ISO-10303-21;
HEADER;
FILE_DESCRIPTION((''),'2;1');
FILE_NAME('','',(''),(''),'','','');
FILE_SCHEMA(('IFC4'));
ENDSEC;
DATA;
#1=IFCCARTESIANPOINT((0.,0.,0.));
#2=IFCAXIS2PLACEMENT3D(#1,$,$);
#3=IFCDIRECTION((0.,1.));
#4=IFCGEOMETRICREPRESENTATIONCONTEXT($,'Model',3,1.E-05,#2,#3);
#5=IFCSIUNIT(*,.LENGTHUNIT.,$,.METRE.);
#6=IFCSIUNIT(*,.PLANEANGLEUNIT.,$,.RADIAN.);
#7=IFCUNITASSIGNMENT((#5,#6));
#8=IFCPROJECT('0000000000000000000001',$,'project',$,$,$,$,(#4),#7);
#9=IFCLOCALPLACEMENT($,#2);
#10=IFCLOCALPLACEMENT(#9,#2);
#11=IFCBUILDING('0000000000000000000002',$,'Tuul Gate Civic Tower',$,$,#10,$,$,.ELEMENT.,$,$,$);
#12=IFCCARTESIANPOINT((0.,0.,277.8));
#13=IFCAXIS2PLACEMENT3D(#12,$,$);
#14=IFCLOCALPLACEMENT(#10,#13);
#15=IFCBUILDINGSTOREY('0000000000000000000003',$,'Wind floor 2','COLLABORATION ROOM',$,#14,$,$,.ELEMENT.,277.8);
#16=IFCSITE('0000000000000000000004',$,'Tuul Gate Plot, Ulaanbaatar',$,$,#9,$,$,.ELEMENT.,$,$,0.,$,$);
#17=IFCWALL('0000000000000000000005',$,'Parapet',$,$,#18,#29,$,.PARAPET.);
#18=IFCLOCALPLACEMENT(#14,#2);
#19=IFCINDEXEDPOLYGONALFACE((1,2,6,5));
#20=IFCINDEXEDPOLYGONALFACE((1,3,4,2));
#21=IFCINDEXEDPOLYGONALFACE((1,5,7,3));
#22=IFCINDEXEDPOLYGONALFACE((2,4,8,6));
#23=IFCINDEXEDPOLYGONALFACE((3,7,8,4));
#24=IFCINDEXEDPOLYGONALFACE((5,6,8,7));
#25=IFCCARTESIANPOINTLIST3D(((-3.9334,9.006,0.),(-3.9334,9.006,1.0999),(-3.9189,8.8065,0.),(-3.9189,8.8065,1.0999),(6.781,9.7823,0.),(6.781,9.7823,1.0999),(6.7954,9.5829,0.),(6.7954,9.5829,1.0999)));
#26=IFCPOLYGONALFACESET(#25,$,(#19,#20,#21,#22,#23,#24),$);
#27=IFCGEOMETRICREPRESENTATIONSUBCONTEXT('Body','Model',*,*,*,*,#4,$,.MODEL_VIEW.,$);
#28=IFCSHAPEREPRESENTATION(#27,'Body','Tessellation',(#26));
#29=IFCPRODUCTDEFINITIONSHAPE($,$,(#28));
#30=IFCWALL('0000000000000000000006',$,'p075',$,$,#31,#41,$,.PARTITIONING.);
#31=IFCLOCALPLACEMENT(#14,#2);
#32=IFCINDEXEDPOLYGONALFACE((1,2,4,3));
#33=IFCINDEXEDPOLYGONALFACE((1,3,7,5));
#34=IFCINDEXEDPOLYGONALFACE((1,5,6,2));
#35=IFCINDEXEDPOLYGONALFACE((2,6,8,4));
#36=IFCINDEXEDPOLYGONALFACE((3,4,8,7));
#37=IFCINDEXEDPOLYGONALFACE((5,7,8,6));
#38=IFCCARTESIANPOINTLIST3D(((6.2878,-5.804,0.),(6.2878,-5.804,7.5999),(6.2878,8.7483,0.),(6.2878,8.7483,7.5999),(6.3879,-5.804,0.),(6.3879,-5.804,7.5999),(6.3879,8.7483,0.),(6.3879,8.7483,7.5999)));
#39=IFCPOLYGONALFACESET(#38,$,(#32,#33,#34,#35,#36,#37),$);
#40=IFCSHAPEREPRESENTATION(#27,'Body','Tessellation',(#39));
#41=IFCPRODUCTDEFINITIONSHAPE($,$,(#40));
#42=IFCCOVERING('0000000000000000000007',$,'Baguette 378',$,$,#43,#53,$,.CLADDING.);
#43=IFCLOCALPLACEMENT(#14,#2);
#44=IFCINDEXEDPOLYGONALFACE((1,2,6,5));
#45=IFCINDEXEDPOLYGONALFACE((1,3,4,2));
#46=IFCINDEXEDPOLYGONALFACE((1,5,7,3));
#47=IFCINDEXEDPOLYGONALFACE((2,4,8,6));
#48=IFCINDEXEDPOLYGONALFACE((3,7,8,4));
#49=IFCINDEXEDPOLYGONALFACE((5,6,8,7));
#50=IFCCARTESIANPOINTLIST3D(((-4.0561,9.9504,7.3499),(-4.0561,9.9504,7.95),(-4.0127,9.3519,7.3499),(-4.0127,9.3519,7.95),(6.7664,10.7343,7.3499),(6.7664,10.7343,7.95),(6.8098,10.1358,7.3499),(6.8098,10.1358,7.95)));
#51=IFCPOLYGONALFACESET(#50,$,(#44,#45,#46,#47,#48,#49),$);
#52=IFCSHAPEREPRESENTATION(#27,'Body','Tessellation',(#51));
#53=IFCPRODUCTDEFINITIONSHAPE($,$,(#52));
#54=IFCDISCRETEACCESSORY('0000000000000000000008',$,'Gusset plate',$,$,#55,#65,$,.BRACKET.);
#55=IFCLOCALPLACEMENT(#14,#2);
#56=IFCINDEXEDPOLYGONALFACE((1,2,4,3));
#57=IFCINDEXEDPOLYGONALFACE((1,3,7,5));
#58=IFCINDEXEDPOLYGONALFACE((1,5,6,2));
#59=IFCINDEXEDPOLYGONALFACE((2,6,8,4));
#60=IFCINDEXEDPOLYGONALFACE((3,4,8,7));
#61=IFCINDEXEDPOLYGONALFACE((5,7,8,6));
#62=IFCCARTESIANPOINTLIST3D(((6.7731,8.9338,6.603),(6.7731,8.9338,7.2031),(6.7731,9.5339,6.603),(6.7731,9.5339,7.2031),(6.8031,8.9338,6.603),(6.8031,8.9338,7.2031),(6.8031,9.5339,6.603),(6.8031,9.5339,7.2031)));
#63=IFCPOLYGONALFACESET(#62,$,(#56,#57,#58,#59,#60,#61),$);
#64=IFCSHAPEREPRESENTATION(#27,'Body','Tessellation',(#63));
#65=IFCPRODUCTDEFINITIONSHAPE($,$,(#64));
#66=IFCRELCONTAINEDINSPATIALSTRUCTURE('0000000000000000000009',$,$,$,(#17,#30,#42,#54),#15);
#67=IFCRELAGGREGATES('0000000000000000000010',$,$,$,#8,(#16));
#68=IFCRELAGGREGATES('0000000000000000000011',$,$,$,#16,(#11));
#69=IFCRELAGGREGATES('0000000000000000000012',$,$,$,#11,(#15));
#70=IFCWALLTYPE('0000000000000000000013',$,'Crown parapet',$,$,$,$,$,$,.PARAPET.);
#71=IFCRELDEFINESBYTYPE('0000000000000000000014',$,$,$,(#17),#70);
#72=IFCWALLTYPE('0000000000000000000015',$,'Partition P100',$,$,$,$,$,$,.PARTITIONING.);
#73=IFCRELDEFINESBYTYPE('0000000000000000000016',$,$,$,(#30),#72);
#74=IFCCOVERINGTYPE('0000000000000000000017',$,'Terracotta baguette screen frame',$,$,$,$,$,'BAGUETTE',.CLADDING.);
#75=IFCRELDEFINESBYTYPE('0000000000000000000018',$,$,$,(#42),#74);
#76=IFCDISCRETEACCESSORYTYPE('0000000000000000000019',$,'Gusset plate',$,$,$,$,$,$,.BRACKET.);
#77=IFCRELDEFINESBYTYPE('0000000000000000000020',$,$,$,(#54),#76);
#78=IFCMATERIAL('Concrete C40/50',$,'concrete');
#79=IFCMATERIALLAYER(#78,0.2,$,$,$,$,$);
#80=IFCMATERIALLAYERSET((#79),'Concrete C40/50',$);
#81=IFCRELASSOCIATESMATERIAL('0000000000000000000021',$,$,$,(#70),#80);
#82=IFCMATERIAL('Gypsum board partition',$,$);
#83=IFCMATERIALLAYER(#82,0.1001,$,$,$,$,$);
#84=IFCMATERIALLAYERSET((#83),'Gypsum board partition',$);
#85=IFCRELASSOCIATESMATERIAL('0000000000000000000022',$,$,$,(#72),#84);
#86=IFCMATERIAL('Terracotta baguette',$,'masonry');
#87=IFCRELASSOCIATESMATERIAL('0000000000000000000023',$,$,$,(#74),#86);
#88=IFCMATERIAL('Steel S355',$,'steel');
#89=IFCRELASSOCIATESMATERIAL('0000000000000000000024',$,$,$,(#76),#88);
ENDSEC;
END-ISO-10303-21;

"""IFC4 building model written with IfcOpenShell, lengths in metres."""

from ifc_helpers import new_model, si_unit, direction, frame, frame_2d, origin, origin_2d, place, context, subcontext, project, spatial, rectangle, extrude, material, layer, layer_set, material_profile, profile_set, type_object, element, save


model = new_model("IFC4")

# Units and contexts
model_context = context("Model", 3, precision=1e-05, world=origin(), true_north=direction((0.0, 1.0)))
body_context = subcontext(model_context, "Body", "Model", "MODEL_VIEW")
ifc_project = project(units=[si_unit("LENGTHUNIT", "METRE"), si_unit("PLANEANGLEUNIT", "RADIAN")], contexts=[model_context])

# Site, building, storey
site_placement = place(None, origin())
site = spatial("IfcSite", under=ifc_project, at=site_placement, Name="Tuul Gate Plot, Ulaanbaatar", CompositionType="ELEMENT", RefElevation=0.0)
building_placement = place(site_placement, origin())
building = spatial("IfcBuilding", under=site, at=building_placement, Name="Tuul Gate Civic Tower", CompositionType="ELEMENT")
storey_placement = place(building_placement, frame((0.0, 0.0, 277.8)))
storey = spatial("IfcBuildingStorey", under=building, at=storey_placement, Name="Wind floor 2", Description="COLLABORATION ROOM", CompositionType="ELEMENT", Elevation=277.8)

# Walls
ifc_material_1 = material(Name="Concrete C40/50", Category="concrete")
ifc_layer_1 = layer(ifc_material_1, 0.2)
ifc_layer_set_1 = layer_set([ifc_layer_1], Name="Concrete C40/50")
wall_type_1 = type_object("IfcWallType", Name="Crown parapet", PredefinedType="PARAPET", material=ifc_layer_set_1)
wall_1_placement = place(storey_placement, frame((6.7881, 9.6826, 0.0), z_axis=(0.0, 0.0, 1.0), x_axis=(-0.997385, -0.072271, 0.0)))
element("IfcWall", 1, at=wall_1_placement, inside=storey, type_object=wall_type_1, Name="Parapet", PredefinedType="PARAPET", context=body_context, shape_type="SweptSolid", body=[
    extrude(rectangle(XDim=10.7424, YDim=0.2, at=frame_2d((5.3711, 0.0))), origin(), (0.0, 0.0, 1.0), 1.0999),
])
ifc_material_2 = material(Name="Gypsum board partition")
ifc_layer_2 = layer(ifc_material_2, 0.1001)
ifc_layer_set_2 = layer_set([ifc_layer_2], Name="Gypsum board partition")
wall_type_2 = type_object("IfcWallType", Name="Partition P100", PredefinedType="PARTITIONING", material=ifc_layer_set_2)
wall_2_placement = place(storey_placement, frame((6.3379, 8.7483, 0.0), z_axis=(0.0, 0.0, 1.0), x_axis=(0.0, -1.0, 0.0)))
element("IfcWall", 2, at=wall_2_placement, inside=storey, type_object=wall_type_2, Name="p075", PredefinedType="PARTITIONING", context=body_context, shape_type="SweptSolid", body=[
    extrude(rectangle(XDim=14.5522, YDim=0.1001, at=frame_2d((7.2761, 0.0))), origin(), (0.0, 0.0, 1.0), 7.5999),
])

# Covering
ifc_material_3 = material(Name="Terracotta baguette", Category="masonry")
ifc_material_profile_1 = material_profile(ifc_material_3, rectangle(XDim=0.6001, YDim=0.6001, at=origin_2d()), Name="Terracotta baguette screen frame")
ifc_profile_set_1 = profile_set([ifc_material_profile_1], Name="Terracotta baguette")
covering_type = type_object("IfcCoveringType", Name="Terracotta baguette screen frame", ElementType="BAGUETTE", PredefinedType="CLADDING", material=ifc_profile_set_1)
covering_placement = place(storey_placement, frame((6.7881, 10.4351, 7.6499), z_axis=(-0.997387, -0.072246, 0.0), x_axis=(0.072246, -0.997387, 0.0)))
element("IfcCovering", 3, at=covering_placement, inside=storey, type_object=covering_type, Name="Baguette 378", PredefinedType="CLADDING", context=body_context, shape_type="SweptSolid", body=[
    extrude(rectangle(XDim=0.6001, YDim=0.6001, at=origin_2d()), origin(), (0.0, 0.0, 1.0), 10.8508),
])

# Discrete accessory
ifc_material_4 = material(Name="Steel S355", Category="steel")
discrete_accessory_type = type_object("IfcDiscreteAccessoryType", Name="Gusset plate", PredefinedType="BRACKET", material=ifc_material_4)
discrete_accessory_placement = place(storey_placement, frame((6.7881, 9.2339, 6.603), z_axis=(0.0, 0.0, 1.0), x_axis=(0.0, -1.0, 0.0)))
element("IfcDiscreteAccessory", 4, at=discrete_accessory_placement, inside=storey, type_object=discrete_accessory_type, Name="Gusset plate", PredefinedType="BRACKET", context=body_context, shape_type="SweptSolid", body=[
    extrude(rectangle(XDim=0.6001, YDim=0.03, at=origin_2d()), origin(), (0.0, 0.0, 1.0), 0.6001),
])

save(model, "model.ifc")
